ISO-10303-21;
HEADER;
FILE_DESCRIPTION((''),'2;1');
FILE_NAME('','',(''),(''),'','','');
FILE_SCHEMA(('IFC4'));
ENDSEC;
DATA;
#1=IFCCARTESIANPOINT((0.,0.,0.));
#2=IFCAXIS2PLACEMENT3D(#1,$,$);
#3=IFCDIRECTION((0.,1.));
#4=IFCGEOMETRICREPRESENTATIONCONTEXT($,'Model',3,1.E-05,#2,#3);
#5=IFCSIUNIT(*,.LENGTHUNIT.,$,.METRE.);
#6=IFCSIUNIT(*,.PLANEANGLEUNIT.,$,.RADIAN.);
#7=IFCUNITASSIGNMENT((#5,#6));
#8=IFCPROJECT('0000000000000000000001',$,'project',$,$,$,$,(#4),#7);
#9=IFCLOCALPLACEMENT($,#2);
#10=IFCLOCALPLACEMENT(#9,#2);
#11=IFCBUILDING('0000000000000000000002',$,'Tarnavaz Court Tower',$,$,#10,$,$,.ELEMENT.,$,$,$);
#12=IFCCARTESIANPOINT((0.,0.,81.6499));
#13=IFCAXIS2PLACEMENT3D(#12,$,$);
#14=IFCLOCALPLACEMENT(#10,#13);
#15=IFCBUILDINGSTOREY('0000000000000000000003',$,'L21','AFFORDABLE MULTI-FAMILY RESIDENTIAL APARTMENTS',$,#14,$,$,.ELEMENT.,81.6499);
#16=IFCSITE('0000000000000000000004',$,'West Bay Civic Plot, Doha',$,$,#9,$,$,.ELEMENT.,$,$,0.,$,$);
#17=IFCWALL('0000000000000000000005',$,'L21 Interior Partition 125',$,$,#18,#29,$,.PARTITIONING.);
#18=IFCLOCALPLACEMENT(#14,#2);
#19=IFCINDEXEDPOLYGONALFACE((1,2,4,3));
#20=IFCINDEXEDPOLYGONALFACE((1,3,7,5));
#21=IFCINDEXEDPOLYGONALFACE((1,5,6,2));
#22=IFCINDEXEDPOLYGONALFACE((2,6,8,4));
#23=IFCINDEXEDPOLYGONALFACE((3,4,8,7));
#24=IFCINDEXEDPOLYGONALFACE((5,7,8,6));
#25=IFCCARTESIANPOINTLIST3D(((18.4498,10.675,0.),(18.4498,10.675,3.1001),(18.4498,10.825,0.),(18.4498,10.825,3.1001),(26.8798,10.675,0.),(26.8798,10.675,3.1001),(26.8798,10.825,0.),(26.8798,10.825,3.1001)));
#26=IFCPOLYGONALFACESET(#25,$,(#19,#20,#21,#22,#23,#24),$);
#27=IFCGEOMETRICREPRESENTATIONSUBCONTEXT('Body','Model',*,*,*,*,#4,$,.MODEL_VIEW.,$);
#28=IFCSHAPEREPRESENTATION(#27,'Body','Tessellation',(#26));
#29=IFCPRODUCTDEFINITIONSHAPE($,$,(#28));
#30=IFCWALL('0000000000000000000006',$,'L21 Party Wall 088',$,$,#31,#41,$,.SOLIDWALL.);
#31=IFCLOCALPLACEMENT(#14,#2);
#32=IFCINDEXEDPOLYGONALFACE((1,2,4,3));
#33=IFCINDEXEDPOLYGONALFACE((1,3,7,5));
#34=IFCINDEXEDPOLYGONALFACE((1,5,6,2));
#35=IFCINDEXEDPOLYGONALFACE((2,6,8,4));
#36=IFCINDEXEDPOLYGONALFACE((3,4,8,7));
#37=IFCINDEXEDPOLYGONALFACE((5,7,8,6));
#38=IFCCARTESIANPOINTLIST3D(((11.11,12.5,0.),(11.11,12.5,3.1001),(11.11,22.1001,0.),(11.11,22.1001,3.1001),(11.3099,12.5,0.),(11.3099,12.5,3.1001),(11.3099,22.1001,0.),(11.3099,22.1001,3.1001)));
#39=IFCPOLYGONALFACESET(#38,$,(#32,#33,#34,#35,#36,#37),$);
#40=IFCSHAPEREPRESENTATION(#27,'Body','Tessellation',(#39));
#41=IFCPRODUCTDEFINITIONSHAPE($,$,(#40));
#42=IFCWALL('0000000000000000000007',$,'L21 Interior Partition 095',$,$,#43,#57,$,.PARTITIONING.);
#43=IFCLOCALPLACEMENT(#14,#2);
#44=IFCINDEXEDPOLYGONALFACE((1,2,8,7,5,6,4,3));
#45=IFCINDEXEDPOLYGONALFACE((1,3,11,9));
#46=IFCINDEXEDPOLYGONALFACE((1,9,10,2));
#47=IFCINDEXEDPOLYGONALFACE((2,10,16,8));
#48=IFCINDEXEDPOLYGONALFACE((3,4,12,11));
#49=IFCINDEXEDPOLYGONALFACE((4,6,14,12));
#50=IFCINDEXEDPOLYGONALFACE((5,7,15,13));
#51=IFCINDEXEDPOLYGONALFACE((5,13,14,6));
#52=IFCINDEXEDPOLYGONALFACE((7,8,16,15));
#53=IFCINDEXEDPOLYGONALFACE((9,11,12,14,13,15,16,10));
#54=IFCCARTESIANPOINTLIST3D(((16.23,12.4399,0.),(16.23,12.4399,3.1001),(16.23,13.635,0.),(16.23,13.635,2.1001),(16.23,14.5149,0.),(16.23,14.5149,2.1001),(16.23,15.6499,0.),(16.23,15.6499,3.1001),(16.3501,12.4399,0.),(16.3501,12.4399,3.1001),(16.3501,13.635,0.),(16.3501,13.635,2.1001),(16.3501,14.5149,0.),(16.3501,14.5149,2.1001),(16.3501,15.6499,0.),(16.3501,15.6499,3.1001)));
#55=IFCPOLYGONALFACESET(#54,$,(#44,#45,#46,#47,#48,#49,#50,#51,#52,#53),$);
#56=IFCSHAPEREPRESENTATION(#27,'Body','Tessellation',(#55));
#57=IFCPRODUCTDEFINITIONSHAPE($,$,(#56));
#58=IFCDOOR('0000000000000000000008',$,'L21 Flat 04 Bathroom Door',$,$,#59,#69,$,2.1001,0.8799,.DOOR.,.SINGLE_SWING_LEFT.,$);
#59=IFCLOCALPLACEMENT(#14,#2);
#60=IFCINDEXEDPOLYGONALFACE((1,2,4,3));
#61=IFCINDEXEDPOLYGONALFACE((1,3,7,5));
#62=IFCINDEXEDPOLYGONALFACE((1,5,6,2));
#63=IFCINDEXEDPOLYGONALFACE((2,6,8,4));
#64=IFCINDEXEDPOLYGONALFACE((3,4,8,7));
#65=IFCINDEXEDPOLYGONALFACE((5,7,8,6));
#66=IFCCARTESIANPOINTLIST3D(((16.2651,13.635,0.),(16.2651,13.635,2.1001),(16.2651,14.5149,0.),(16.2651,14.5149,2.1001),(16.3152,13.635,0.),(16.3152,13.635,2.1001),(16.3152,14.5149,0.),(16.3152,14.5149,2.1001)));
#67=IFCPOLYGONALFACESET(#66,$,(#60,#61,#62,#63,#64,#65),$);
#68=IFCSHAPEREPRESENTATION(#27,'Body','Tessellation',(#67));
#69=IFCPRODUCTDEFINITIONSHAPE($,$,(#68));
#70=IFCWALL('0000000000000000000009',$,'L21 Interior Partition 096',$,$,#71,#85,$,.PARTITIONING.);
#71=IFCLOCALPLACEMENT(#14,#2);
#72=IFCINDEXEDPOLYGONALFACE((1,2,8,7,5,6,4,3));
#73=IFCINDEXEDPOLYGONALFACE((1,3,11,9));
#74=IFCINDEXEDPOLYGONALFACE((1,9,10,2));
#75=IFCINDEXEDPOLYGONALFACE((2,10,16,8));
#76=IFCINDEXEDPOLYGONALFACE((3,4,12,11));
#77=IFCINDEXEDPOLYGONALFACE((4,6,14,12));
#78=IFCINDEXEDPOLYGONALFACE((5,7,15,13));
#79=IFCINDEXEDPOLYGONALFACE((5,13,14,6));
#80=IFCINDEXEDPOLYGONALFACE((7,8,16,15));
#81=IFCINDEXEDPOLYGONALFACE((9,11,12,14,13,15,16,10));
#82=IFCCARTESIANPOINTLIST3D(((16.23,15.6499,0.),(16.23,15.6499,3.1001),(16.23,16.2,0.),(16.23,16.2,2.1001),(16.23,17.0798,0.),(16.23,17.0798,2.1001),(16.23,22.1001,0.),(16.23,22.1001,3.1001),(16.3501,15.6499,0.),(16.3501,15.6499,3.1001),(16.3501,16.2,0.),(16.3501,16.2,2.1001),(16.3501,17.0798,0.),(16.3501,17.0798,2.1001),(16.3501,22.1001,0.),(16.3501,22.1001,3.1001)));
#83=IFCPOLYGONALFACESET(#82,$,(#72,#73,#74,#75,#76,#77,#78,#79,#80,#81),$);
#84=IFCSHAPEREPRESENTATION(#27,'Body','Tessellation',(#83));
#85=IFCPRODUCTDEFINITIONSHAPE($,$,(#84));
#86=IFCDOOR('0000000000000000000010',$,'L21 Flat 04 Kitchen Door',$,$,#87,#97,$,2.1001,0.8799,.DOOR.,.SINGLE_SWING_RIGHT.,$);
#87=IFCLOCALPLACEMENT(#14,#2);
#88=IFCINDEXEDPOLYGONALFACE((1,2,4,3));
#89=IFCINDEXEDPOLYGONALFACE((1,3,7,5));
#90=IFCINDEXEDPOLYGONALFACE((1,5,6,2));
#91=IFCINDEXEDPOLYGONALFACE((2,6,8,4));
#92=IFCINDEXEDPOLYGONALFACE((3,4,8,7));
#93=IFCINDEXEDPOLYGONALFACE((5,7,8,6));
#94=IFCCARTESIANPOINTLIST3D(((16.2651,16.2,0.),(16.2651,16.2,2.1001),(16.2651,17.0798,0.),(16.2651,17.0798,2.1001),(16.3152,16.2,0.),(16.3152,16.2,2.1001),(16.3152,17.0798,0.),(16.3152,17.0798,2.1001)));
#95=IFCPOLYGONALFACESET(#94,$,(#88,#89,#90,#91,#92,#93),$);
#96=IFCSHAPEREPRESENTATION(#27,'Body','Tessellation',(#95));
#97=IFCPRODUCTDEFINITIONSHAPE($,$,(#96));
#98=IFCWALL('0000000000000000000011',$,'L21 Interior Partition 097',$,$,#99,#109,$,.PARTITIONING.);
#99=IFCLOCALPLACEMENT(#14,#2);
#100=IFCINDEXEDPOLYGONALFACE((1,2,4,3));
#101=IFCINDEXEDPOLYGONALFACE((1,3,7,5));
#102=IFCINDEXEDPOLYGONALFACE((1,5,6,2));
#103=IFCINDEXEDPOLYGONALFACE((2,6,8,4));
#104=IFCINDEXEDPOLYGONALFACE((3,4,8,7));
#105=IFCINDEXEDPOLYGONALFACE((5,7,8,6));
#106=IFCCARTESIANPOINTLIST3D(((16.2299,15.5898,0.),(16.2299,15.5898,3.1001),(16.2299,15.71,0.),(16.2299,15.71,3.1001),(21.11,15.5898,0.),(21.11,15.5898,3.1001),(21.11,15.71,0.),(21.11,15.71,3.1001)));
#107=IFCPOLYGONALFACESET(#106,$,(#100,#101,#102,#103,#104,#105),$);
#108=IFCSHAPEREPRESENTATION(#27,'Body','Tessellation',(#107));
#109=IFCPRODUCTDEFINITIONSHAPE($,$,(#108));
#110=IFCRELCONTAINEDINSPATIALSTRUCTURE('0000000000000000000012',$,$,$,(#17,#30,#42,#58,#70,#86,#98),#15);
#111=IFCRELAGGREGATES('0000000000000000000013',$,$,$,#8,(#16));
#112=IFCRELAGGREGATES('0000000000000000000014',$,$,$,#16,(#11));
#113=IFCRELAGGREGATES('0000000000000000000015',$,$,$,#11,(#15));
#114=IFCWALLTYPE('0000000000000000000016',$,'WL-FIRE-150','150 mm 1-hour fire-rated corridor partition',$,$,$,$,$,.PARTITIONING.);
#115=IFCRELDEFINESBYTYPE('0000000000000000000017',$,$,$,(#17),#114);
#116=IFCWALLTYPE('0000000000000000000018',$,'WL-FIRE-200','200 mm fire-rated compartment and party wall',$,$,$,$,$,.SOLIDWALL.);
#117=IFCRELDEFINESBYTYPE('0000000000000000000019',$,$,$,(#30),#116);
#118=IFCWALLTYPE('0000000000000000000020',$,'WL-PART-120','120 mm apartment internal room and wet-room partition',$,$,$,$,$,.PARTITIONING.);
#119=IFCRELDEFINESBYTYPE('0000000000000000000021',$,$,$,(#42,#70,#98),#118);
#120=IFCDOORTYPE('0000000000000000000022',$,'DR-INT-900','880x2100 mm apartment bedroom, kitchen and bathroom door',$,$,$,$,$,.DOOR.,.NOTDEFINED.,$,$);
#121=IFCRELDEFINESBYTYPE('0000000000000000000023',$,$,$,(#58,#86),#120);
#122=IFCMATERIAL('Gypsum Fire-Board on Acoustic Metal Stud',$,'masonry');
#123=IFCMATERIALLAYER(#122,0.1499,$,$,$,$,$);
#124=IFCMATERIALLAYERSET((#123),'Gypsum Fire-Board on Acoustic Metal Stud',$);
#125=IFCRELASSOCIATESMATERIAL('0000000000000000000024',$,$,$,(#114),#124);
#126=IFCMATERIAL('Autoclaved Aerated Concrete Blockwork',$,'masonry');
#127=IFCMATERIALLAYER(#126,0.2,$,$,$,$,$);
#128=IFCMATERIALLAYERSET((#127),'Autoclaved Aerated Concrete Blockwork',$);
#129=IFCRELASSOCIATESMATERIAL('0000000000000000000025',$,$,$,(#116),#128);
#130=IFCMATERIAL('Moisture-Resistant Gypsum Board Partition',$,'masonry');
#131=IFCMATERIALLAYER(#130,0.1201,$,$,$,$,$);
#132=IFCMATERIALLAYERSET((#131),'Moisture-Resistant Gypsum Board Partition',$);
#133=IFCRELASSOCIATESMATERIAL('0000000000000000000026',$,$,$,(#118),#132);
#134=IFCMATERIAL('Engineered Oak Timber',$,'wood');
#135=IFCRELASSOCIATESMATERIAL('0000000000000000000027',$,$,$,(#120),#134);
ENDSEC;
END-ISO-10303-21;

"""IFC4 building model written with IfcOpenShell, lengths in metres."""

from ifc_helpers import new_model, si_unit, direction, frame, frame_2d, origin, place, context, subcontext, project, spatial, rectangle, extrude, material, layer, layer_set, type_object, element, fill, save


model = new_model("IFC4")

# Units and contexts
model_context = context("Model", 3, precision=1e-05, world=origin(), true_north=direction((0.0, 1.0)))
body_context = subcontext(model_context, "Body", "Model", "MODEL_VIEW")
ifc_project = project(units=[si_unit("LENGTHUNIT", "METRE"), si_unit("PLANEANGLEUNIT", "RADIAN")], contexts=[model_context])

# Site, building, storey
site_placement = place(None, origin())
site = spatial("IfcSite", under=ifc_project, at=site_placement, Name="West Bay Civic Plot, Doha", CompositionType="ELEMENT", RefElevation=0.0)
building_placement = place(site_placement, origin())
building = spatial("IfcBuilding", under=site, at=building_placement, Name="Tarnavaz Court Tower", CompositionType="ELEMENT")
storey_placement = place(building_placement, frame((0.0, 0.0, 81.6499)))
storey = spatial("IfcBuildingStorey", under=building, at=storey_placement, Name="L21", Description="AFFORDABLE MULTI-FAMILY RESIDENTIAL APARTMENTS", CompositionType="ELEMENT", Elevation=81.6499)

# Walls
ifc_material_1 = material(Name="Gypsum Fire-Board on Acoustic Metal Stud", Category="masonry")
ifc_layer_1 = layer(ifc_material_1, 0.1499)
ifc_layer_set_1 = layer_set([ifc_layer_1], Name="Gypsum Fire-Board on Acoustic Metal Stud")
wall_type_1 = type_object("IfcWallType", Name="WL-FIRE-150", Description="150 mm 1-hour fire-rated corridor partition", PredefinedType="PARTITIONING", material=ifc_layer_set_1)
wall_1_placement = place(storey_placement, frame((18.45, 10.75, 0.0), z_axis=(0.0, 0.0, 1.0), x_axis=(1.0, 0.0, 0.0)))
element("IfcWall", 1, at=wall_1_placement, inside=storey, type_object=wall_type_1, Name="L21 Interior Partition 125", PredefinedType="PARTITIONING", context=body_context, shape_type="SweptSolid", body=[
    extrude(rectangle(XDim=8.4299, YDim=0.1499, at=frame_2d((4.2148, 0.0))), origin(), (0.0, 0.0, 1.0), 3.1001),
])
ifc_material_2 = material(Name="Autoclaved Aerated Concrete Blockwork", Category="masonry")
ifc_layer_2 = layer(ifc_material_2, 0.2)
ifc_layer_set_2 = layer_set([ifc_layer_2], Name="Autoclaved Aerated Concrete Blockwork")
wall_type_2 = type_object("IfcWallType", Name="WL-FIRE-200", Description="200 mm fire-rated compartment and party wall", PredefinedType="SOLIDWALL", material=ifc_layer_set_2)
wall_2_placement = place(storey_placement, frame((11.21, 12.5, 0.0), z_axis=(0.0, 0.0, 1.0), x_axis=(0.0, 1.0, 0.0)))
element("IfcWall", 2, at=wall_2_placement, inside=storey, type_object=wall_type_2, Name="L21 Party Wall 088", PredefinedType="SOLIDWALL", context=body_context, shape_type="SweptSolid", body=[
    extrude(rectangle(XDim=9.6001, YDim=0.2, at=frame_2d((4.8, 0.0))), origin(), (0.0, 0.0, 1.0), 3.1001),
])

# Walls, openings, doors
ifc_material_3 = material(Name="Moisture-Resistant Gypsum Board Partition", Category="masonry")
ifc_layer_3 = layer(ifc_material_3, 0.1201)
ifc_layer_set_3 = layer_set([ifc_layer_3], Name="Moisture-Resistant Gypsum Board Partition")
wall_type_3 = type_object("IfcWallType", Name="WL-PART-120", Description="120 mm apartment internal room and wet-room partition", PredefinedType="PARTITIONING", material=ifc_layer_set_3)
wall_3_placement = place(storey_placement, frame((16.29, 12.4399, 0.0), z_axis=(0.0, 0.0, 1.0), x_axis=(0.0, 1.0, 0.0)))
wall_3 = element("IfcWall", 3, at=wall_3_placement, inside=storey, type_object=wall_type_3, Name="L21 Interior Partition 095", PredefinedType="PARTITIONING", context=body_context, shape_type="SweptSolid", body=[
    extrude(rectangle(XDim=3.21, YDim=0.1201, at=frame_2d((1.605, 0.0))), origin(), (0.0, 0.0, 1.0), 3.1001),
])
opening_1_placement = place(wall_3_placement, frame((1.1951, 0.0, 0.0)))
opening_1 = element("IfcOpeningElement", 4, at=opening_1_placement, cuts=wall_3, PredefinedType="OPENING", context=body_context, shape_type="SweptSolid", body=[
    extrude(rectangle(XDim=0.8799, YDim=2.1001, at=frame_2d((0.4399, 1.05))), frame((0.0, 0.0701, 0.0), z_axis=(0.0, -1.0, 0.0), x_axis=(1.0, 0.0, 0.0)), (0.0, 0.0, 1.0), 0.1401),
])
ifc_material_4 = material(Name="Engineered Oak Timber", Category="wood")
door_type = type_object("IfcDoorType", Name="DR-INT-900", Description="880x2100 mm apartment bedroom, kitchen and bathroom door", OperationType="NOTDEFINED", PredefinedType="DOOR", material=ifc_material_4)
door_1_placement = place(opening_1_placement, origin())
door_1 = element("IfcDoor", 5, at=door_1_placement, inside=storey, type_object=door_type, Name="L21 Flat 04 Bathroom Door", OperationType="SINGLE_SWING_LEFT", OverallHeight=2.1001, OverallWidth=0.8799, PredefinedType="DOOR", context=body_context, shape_type="SweptSolid", body=[
    extrude(rectangle(XDim=0.8799, YDim=2.1001, at=frame_2d((0.4399, 1.05))), frame((0.0, 0.0249, 0.0), z_axis=(0.0, -1.0, 0.0), x_axis=(1.0, 0.0, 0.0)), (0.0, 0.0, 1.0), 0.05),
])
fill(opening_1, door_1)
wall_4_placement = place(storey_placement, frame((16.29, 15.6499, 0.0), z_axis=(0.0, 0.0, 1.0), x_axis=(0.0, 1.0, 0.0)))
wall_4 = element("IfcWall", 6, at=wall_4_placement, inside=storey, type_object=wall_type_3, Name="L21 Interior Partition 096", PredefinedType="PARTITIONING", context=body_context, shape_type="SweptSolid", body=[
    extrude(rectangle(XDim=6.4502, YDim=0.1201, at=frame_2d((3.2251, 0.0))), origin(), (0.0, 0.0, 1.0), 3.1001),
])
opening_2_placement = place(wall_4_placement, frame((0.55, 0.0, 0.0)))
opening_2 = element("IfcOpeningElement", 7, at=opening_2_placement, cuts=wall_4, PredefinedType="OPENING", context=body_context, shape_type="SweptSolid", body=[
    extrude(rectangle(XDim=0.8799, YDim=2.1001, at=frame_2d((0.4399, 1.05))), frame((0.0, 0.0701, 0.0), z_axis=(0.0, -1.0, 0.0), x_axis=(1.0, 0.0, 0.0)), (0.0, 0.0, 1.0), 0.1401),
])
door_2_placement = place(opening_2_placement, origin())
door_2 = element("IfcDoor", 8, at=door_2_placement, inside=storey, type_object=door_type, Name="L21 Flat 04 Kitchen Door", OperationType="SINGLE_SWING_RIGHT", OverallHeight=2.1001, OverallWidth=0.8799, PredefinedType="DOOR", context=body_context, shape_type="SweptSolid", body=[
    extrude(rectangle(XDim=0.8799, YDim=2.1001, at=frame_2d((0.4399, 1.05))), frame((0.0, 0.0249, 0.0), z_axis=(0.0, -1.0, 0.0), x_axis=(1.0, 0.0, 0.0)), (0.0, 0.0, 1.0), 0.05),
])
fill(opening_2, door_2)

# Wall
wall_5_placement = place(storey_placement, frame((16.23, 15.6499, 0.0), z_axis=(0.0, 0.0, 1.0), x_axis=(1.0, 0.0, 0.0)))
element("IfcWall", 9, at=wall_5_placement, inside=storey, type_object=wall_type_3, Name="L21 Interior Partition 097", PredefinedType="PARTITIONING", context=body_context, shape_type="SweptSolid", body=[
    extrude(rectangle(XDim=4.8801, YDim=0.1201, at=frame_2d((2.4399, 0.0))), origin(), (0.0, 0.0, 1.0), 3.1001),
])

save(model, "model.ifc")
